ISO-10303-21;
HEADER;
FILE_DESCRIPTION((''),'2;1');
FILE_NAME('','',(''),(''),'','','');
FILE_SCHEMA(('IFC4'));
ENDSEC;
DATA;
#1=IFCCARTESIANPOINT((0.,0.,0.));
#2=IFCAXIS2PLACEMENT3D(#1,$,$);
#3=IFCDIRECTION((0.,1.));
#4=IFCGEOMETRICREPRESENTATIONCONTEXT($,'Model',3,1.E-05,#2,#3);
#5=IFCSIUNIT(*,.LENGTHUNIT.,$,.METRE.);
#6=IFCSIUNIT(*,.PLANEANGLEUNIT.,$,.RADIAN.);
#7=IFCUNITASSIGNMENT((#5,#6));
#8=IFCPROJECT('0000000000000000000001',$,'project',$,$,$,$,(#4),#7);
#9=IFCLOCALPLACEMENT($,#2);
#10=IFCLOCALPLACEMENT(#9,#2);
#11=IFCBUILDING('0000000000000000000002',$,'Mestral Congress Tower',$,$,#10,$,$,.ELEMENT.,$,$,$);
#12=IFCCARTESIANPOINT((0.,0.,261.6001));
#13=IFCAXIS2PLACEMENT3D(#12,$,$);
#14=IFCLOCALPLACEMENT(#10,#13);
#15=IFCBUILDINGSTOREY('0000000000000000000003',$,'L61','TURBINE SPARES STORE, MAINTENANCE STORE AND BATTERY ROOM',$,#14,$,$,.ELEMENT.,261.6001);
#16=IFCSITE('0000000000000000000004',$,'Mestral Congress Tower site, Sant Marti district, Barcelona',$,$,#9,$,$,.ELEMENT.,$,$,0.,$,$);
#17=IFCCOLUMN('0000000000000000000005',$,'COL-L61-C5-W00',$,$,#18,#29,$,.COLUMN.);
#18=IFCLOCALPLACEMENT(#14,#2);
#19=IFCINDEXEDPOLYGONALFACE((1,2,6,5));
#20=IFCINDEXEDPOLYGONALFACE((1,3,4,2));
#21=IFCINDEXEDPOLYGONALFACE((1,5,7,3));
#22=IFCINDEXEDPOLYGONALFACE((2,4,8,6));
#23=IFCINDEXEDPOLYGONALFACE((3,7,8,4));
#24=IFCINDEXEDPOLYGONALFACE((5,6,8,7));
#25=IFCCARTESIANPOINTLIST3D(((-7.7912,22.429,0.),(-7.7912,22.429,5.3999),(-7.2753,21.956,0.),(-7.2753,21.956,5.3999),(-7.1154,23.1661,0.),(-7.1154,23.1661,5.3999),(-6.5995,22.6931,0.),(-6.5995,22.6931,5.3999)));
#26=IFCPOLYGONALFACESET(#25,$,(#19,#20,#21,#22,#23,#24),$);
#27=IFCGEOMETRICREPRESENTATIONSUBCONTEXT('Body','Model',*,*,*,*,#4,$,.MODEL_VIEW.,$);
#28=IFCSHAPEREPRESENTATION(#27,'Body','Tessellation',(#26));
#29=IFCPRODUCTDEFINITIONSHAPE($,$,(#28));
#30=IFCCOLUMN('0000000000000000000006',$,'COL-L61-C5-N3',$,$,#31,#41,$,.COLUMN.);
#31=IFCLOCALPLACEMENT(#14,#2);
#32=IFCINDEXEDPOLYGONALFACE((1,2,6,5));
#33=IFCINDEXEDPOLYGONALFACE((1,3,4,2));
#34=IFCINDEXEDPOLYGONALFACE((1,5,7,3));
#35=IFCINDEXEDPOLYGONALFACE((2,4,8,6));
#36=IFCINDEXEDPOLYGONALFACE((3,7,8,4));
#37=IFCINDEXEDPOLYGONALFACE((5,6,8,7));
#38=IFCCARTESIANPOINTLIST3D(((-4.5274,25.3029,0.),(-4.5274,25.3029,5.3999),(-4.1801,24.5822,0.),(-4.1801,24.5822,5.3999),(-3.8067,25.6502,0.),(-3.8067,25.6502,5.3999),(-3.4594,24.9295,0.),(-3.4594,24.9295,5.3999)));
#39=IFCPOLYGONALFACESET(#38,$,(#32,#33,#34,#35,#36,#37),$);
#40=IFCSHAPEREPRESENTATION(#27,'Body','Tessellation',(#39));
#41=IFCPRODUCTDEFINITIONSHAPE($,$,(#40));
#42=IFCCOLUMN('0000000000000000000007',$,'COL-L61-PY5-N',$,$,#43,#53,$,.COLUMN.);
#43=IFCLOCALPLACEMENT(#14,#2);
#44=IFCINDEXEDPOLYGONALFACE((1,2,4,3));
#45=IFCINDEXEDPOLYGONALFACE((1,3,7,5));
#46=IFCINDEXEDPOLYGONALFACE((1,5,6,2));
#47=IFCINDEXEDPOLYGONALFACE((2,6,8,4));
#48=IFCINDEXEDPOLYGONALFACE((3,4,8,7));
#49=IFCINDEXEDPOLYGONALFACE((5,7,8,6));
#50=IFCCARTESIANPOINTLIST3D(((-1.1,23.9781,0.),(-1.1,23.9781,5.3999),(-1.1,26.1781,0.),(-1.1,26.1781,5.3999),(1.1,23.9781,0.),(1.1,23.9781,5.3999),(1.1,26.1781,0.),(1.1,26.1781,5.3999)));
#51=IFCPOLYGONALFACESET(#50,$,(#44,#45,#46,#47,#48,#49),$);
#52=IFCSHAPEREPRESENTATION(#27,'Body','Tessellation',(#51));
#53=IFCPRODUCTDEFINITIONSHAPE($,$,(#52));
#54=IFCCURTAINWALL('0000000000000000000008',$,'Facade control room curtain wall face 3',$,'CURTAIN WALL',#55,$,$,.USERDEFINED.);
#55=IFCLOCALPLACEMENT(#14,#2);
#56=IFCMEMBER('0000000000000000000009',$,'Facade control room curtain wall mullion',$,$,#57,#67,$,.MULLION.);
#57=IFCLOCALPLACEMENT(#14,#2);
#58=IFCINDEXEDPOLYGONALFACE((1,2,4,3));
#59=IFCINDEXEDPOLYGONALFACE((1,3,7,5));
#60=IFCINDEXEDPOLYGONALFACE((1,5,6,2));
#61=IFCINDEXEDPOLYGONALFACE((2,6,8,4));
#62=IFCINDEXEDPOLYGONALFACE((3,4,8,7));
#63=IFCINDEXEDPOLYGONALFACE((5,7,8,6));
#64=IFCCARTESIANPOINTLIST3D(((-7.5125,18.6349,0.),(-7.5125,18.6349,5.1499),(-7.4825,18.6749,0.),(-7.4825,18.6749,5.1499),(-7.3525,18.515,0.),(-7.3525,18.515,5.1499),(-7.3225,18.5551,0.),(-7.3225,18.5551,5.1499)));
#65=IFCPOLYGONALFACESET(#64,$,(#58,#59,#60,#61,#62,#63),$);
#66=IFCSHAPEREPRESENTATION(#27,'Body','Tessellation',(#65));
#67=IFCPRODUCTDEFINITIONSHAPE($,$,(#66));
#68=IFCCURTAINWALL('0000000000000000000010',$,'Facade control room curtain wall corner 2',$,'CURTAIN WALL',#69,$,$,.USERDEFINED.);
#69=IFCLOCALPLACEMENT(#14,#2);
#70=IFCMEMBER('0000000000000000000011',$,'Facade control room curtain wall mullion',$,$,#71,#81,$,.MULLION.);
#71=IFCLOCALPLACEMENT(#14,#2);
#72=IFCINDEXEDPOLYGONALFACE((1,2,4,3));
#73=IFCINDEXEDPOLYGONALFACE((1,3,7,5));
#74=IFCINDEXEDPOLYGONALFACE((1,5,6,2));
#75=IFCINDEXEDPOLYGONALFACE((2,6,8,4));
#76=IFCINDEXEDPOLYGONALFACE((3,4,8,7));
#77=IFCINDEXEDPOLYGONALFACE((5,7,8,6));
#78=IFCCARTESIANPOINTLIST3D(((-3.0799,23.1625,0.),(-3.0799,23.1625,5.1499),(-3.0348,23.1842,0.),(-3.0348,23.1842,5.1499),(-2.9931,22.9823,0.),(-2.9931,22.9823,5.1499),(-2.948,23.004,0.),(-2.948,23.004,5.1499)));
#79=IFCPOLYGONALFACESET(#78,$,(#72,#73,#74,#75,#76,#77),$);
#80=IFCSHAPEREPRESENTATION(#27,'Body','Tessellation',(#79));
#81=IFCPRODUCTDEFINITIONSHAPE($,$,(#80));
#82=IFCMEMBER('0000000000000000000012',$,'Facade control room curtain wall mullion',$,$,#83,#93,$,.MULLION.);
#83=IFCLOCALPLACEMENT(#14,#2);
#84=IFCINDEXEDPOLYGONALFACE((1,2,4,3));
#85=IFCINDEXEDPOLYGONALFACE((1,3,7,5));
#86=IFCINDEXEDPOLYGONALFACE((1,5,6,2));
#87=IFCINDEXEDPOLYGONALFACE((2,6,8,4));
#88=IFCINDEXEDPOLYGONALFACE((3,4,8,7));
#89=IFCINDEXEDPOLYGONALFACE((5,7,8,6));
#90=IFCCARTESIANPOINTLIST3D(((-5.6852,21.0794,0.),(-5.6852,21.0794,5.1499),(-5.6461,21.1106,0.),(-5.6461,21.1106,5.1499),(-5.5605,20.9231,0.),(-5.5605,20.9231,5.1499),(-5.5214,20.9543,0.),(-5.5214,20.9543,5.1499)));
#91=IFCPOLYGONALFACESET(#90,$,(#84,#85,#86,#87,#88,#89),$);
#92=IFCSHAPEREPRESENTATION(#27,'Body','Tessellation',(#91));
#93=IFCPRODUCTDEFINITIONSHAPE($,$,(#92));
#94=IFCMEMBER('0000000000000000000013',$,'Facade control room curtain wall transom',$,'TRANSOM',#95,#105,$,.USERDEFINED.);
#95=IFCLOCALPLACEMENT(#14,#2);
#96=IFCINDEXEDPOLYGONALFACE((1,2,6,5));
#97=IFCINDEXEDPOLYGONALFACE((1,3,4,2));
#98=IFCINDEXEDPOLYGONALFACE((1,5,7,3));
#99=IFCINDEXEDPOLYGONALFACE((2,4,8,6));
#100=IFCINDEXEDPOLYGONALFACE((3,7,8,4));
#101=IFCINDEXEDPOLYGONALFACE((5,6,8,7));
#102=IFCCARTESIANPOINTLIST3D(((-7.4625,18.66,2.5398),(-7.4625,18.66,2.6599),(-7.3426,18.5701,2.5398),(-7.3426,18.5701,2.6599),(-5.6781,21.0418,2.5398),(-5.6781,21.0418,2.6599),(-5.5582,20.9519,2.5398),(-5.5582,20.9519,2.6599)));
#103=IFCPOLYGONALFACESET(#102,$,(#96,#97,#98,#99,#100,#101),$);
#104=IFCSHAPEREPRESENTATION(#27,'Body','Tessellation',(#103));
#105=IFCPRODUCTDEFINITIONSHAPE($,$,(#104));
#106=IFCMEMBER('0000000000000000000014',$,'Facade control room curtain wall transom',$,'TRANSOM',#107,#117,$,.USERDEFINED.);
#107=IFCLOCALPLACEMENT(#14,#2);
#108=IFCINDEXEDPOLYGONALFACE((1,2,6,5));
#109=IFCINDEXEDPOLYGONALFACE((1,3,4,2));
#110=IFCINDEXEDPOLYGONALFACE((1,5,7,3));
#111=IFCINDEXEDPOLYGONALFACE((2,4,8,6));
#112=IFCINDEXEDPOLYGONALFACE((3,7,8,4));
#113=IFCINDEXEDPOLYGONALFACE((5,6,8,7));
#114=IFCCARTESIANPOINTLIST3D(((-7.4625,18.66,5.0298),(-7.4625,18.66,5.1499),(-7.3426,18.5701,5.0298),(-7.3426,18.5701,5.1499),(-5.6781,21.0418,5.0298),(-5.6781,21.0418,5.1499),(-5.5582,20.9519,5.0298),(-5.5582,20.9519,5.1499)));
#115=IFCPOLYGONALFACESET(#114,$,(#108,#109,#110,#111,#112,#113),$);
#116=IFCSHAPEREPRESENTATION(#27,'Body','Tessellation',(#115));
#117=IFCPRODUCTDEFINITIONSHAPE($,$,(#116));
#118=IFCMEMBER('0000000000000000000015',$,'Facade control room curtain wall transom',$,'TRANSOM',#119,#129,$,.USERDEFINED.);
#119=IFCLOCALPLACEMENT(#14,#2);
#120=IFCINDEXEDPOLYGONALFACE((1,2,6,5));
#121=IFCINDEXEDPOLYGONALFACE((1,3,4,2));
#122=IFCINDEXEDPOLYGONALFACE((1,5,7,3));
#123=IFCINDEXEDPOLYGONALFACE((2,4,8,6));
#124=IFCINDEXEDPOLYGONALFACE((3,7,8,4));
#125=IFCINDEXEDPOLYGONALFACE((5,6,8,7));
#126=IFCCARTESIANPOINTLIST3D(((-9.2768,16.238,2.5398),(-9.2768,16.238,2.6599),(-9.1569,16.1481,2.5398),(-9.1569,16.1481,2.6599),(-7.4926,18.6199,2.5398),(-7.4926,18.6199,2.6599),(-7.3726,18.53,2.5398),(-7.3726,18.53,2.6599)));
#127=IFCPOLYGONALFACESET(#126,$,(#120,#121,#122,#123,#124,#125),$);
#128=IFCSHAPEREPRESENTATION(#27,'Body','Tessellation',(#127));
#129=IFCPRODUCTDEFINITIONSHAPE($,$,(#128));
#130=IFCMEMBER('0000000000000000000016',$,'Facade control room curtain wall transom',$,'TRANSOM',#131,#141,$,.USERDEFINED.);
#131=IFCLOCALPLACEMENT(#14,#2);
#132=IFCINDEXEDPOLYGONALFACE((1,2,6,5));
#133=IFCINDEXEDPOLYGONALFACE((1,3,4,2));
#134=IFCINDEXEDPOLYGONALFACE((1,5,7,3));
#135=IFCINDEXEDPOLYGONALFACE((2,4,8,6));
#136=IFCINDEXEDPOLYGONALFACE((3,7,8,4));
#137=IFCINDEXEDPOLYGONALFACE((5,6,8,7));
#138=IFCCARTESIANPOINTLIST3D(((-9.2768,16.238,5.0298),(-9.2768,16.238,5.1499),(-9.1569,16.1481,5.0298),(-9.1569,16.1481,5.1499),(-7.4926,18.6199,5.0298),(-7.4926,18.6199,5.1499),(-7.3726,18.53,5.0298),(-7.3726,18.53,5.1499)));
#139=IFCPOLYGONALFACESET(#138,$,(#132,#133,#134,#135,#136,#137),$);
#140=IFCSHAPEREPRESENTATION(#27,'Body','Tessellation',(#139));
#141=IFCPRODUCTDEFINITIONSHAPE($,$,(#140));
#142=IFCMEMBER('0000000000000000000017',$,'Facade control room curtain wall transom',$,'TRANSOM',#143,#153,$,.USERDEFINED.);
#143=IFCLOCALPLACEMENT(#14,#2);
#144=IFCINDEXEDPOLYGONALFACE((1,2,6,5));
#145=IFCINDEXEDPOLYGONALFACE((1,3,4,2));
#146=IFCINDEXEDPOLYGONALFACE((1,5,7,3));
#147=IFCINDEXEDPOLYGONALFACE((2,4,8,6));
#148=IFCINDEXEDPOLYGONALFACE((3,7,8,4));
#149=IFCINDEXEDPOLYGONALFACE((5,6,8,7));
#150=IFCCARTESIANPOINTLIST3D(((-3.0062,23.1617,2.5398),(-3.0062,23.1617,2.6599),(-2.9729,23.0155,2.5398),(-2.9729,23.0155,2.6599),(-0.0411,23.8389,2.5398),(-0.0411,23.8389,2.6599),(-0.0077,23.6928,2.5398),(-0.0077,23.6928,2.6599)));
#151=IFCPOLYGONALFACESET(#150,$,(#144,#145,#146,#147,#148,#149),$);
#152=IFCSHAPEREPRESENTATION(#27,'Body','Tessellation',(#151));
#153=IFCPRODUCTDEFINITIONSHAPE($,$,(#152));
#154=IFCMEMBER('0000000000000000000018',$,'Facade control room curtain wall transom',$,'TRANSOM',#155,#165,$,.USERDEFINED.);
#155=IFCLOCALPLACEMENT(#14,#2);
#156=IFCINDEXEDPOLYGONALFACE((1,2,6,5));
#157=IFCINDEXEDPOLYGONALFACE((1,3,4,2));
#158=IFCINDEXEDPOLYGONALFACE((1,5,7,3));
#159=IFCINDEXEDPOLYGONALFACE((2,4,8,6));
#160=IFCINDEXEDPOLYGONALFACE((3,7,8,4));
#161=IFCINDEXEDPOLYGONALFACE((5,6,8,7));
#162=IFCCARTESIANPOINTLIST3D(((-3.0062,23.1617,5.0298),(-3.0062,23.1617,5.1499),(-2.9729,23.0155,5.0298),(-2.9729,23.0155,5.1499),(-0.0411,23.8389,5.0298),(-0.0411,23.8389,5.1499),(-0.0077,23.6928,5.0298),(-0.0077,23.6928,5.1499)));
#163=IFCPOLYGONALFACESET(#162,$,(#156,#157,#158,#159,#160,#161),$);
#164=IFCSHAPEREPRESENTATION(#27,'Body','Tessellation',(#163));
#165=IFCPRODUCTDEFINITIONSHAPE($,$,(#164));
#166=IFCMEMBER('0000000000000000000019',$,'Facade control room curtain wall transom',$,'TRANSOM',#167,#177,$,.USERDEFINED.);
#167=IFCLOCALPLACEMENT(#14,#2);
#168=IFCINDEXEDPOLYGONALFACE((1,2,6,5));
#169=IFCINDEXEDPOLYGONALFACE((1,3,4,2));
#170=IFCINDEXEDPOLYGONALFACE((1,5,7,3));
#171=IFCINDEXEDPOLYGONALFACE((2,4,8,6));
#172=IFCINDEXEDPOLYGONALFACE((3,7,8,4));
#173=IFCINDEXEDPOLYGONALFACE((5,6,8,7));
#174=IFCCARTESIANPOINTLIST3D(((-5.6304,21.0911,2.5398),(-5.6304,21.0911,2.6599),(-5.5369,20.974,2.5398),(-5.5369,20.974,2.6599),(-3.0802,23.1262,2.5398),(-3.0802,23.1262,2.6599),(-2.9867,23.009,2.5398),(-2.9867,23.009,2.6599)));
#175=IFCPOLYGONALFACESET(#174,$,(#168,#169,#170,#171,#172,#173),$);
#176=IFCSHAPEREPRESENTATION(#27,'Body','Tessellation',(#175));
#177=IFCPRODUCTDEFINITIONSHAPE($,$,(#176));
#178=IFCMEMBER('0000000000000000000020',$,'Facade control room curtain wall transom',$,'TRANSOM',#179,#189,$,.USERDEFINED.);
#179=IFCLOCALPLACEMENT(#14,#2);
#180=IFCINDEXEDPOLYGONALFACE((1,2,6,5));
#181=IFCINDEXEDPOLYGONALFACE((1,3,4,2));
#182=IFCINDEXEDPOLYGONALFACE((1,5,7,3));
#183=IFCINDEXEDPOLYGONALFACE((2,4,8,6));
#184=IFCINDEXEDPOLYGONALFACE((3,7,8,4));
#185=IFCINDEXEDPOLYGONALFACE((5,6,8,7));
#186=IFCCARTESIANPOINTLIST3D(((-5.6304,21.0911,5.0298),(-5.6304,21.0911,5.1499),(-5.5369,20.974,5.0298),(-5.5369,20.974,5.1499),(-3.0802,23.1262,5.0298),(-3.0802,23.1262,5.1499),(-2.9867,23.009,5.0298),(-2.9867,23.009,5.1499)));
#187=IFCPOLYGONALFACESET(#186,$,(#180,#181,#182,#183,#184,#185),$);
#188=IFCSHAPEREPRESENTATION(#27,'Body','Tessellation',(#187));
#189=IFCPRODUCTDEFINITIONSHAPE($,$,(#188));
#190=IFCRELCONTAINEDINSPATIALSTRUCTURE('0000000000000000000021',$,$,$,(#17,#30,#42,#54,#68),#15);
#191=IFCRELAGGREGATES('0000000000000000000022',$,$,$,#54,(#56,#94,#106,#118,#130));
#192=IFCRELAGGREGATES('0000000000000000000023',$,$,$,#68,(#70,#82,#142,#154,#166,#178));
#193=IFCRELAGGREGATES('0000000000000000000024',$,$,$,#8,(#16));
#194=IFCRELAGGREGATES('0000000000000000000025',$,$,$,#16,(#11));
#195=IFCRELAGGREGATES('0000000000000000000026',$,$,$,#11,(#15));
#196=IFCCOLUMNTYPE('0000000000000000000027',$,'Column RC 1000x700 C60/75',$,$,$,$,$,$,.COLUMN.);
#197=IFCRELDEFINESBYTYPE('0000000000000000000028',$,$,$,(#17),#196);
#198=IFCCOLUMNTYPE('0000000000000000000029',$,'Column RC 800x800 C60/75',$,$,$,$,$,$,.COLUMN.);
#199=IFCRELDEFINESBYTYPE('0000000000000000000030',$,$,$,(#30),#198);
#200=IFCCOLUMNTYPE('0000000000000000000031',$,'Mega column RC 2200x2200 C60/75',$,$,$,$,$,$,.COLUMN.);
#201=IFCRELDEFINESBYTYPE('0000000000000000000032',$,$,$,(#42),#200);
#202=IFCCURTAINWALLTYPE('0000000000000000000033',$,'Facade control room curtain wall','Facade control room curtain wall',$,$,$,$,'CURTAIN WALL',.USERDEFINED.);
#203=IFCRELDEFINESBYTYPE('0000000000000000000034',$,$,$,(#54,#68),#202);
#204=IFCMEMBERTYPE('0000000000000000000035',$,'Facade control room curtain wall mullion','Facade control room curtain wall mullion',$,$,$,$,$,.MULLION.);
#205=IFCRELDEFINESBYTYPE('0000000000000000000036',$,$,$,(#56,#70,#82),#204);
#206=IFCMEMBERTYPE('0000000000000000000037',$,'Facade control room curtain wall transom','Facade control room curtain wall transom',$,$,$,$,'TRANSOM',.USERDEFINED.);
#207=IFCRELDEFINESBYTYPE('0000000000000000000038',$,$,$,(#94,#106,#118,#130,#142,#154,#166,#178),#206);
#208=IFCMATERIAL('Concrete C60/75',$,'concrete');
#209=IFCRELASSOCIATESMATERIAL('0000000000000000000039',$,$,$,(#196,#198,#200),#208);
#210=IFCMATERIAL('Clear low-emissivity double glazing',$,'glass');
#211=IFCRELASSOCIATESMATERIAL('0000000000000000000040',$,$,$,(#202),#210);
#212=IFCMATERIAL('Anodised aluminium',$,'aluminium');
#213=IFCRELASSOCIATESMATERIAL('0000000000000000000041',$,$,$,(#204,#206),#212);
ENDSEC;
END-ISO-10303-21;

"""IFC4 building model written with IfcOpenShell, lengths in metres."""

from ifc_helpers import new_model, si_unit, direction, frame, origin, origin_2d, place, context, subcontext, project, spatial, rectangle, extrude, material, material_profile, profile_set, type_object, element, aggregate, save


model = new_model("IFC4")

# Units and contexts
model_context = context("Model", 3, precision=1e-05, world=origin(), true_north=direction((0.0, 1.0)))
body_context = subcontext(model_context, "Body", "Model", "MODEL_VIEW")
ifc_project = project(units=[si_unit("LENGTHUNIT", "METRE"), si_unit("PLANEANGLEUNIT", "RADIAN")], contexts=[model_context])

# Site, building, storey
site_placement = place(None, origin())
site = spatial("IfcSite", under=ifc_project, at=site_placement, Name="Mestral Congress Tower site, Sant Marti district, Barcelona", CompositionType="ELEMENT", RefElevation=0.0)
building_placement = place(site_placement, origin())
building = spatial("IfcBuilding", under=site, at=building_placement, Name="Mestral Congress Tower", CompositionType="ELEMENT")
storey_placement = place(building_placement, frame((0.0, 0.0, 261.6001)))
storey = spatial("IfcBuildingStorey", under=building, at=storey_placement, Name="L61", Description="TURBINE SPARES STORE, MAINTENANCE STORE AND BATTERY ROOM", CompositionType="ELEMENT", Elevation=261.6001)

# Columns
ifc_material_1 = material(Name="Concrete C60/75", Category="concrete")
ifc_material_profile_1 = material_profile(ifc_material_1, rectangle(XDim=1.0, YDim=0.7, at=origin_2d()), Name="RC 1000x700")
ifc_profile_set_1 = profile_set([ifc_material_profile_1], Name="Concrete C60/75")
column_type_1 = type_object("IfcColumnType", Name="Column RC 1000x700 C60/75", PredefinedType="COLUMN", material=ifc_profile_set_1)
column_1_placement = place(storey_placement, frame((-7.1953, 22.561, 0.0), z_axis=(0.0, 0.0, 1.0), x_axis=(-0.675803, -0.737083, 0.0)))
element("IfcColumn", 1, at=column_1_placement, inside=storey, type_object=column_type_1, Name="COL-L61-C5-W00", PredefinedType="COLUMN", context=body_context, shape_type="SweptSolid", body=[
    extrude(rectangle(XDim=1.0, YDim=0.7, at=origin_2d()), origin(), (0.0, 0.0, 1.0), 5.3999),
])
ifc_material_profile_2 = material_profile(ifc_material_1, rectangle(XDim=0.8, YDim=0.8, at=origin_2d()), Name="RC 800x800")
ifc_profile_set_2 = profile_set([ifc_material_profile_2], Name="Concrete C60/75")
column_type_2 = type_object("IfcColumnType", Name="Column RC 800x800 C60/75", PredefinedType="COLUMN", material=ifc_profile_set_2)
column_2_placement = place(storey_placement, frame((-3.9934, 25.1162, 0.0), z_axis=(0.0, 0.0, 1.0), x_axis=(-0.900873, -0.434082, 0.0)))
element("IfcColumn", 2, at=column_2_placement, inside=storey, type_object=column_type_2, Name="COL-L61-C5-N3", PredefinedType="COLUMN", context=body_context, shape_type="SweptSolid", body=[
    extrude(rectangle(XDim=0.8, YDim=0.8, at=origin_2d()), origin(), (0.0, 0.0, 1.0), 5.3999),
])
ifc_material_profile_3 = material_profile(ifc_material_1, rectangle(XDim=2.2, YDim=2.2, at=origin_2d()), Name="RC 2200x2200")
ifc_profile_set_3 = profile_set([ifc_material_profile_3], Name="Concrete C60/75")
column_type_3 = type_object("IfcColumnType", Name="Mega column RC 2200x2200 C60/75", PredefinedType="COLUMN", material=ifc_profile_set_3)
column_3_placement = place(storey_placement, frame((0.0, 25.0781, 0.0), z_axis=(0.0, 0.0, 1.0), x_axis=(0.0, 1.0, 0.0)))
element("IfcColumn", 3, at=column_3_placement, inside=storey, type_object=column_type_3, Name="COL-L61-PY5-N", PredefinedType="COLUMN", context=body_context, shape_type="SweptSolid", body=[
    extrude(rectangle(XDim=2.2, YDim=2.2, at=origin_2d()), origin(), (0.0, 0.0, 1.0), 5.3999),
])

# Curtain wall, member
ifc_material_2 = material(Name="Clear low-emissivity double glazing", Category="glass")
curtain_wall_type = type_object("IfcCurtainWallType", Name="Facade control room curtain wall", Description="Facade control room curtain wall", ElementType="CURTAIN WALL", PredefinedType="USERDEFINED", material=ifc_material_2)
placement = place(storey_placement, origin())
curtain_wall_1 = element("IfcCurtainWall", 4, at=placement, inside=storey, type_object=curtain_wall_type, Name="Facade control room curtain wall face 3", ObjectType="CURTAIN WALL", PredefinedType="USERDEFINED")
ifc_material_3 = material(Name="Anodised aluminium", Category="aluminium")
ifc_material_profile_4 = material_profile(ifc_material_3, rectangle(XDim=0.2, YDim=0.05, at=origin_2d()), Name="CW5 mullion 200 x 50")
ifc_profile_set_4 = profile_set([ifc_material_profile_4], Name="Anodised aluminium")
member_type_1 = type_object("IfcMemberType", Name="Facade control room curtain wall mullion", Description="Facade control room curtain wall mullion", PredefinedType="MULLION", material=ifc_profile_set_4)
member_1_placement = place(storey_placement, frame((-7.4175, 18.595, 0.0), z_axis=(0.0, 0.0, 1.0), x_axis=(-0.800344, 0.599541, 0.0)))
member_1 = element("IfcMember", 5, at=member_1_placement, type_object=member_type_1, Name="Facade control room curtain wall mullion", PredefinedType="MULLION", context=body_context, shape_type="SweptSolid", body=[
    extrude(rectangle(XDim=0.2, YDim=0.05, at=origin_2d()), origin(), (0.0, 0.0, 1.0), 5.1499),
])

# Curtain wall, members
curtain_wall_2 = element("IfcCurtainWall", 6, at=placement, inside=storey, type_object=curtain_wall_type, Name="Facade control room curtain wall corner 2", ObjectType="CURTAIN WALL", PredefinedType="USERDEFINED")
member_2_placement = place(storey_placement, frame((-3.0139, 23.0833, 0.0), z_axis=(0.0, 0.0, 1.0), x_axis=(-0.434082, 0.900873, 0.0)))
member_2 = element("IfcMember", 7, at=member_2_placement, type_object=member_type_1, Name="Facade control room curtain wall mullion", PredefinedType="MULLION", context=body_context, shape_type="SweptSolid", body=[
    extrude(rectangle(XDim=0.2, YDim=0.05, at=origin_2d()), origin(), (0.0, 0.0, 1.0), 5.1499),
])
member_3_placement = place(storey_placement, frame((-5.6033, 21.0168, 0.0), z_axis=(0.0, 0.0, 1.0), x_axis=(-0.623747, 0.781626, 0.0)))
member_3 = element("IfcMember", 8, at=member_3_placement, type_object=member_type_1, Name="Facade control room curtain wall mullion", PredefinedType="MULLION", context=body_context, shape_type="SweptSolid", body=[
    extrude(rectangle(XDim=0.2, YDim=0.05, at=origin_2d()), origin(), (0.0, 0.0, 1.0), 5.1499),
])

# Members
ifc_material_profile_5 = material_profile(ifc_material_3, rectangle(XDim=0.1499, YDim=0.1201, at=origin_2d()), Name="CW5 transom 150 x 120")
ifc_profile_set_5 = profile_set([ifc_material_profile_5], Name="Anodised aluminium")
member_type_2 = type_object("IfcMemberType", Name="Facade control room curtain wall transom", Description="Facade control room curtain wall transom", ElementType="TRANSOM", PredefinedType="USERDEFINED", material=ifc_profile_set_5)
member_4_placement = place(storey_placement, frame((-5.6182, 20.9968, 2.5999), z_axis=(-0.59958, -0.800315, 0.0), x_axis=(0.800315, -0.59958, 0.0)))
member_4 = element("IfcMember", 9, at=member_4_placement, type_object=member_type_2, Name="Facade control room curtain wall transom", ObjectType="TRANSOM", PredefinedType="USERDEFINED", context=body_context, shape_type="SweptSolid", body=[
    extrude(rectangle(XDim=0.1499, YDim=0.1201, at=origin_2d()), origin(), (0.0, 0.0, 1.0), 2.9761),
])
member_5_placement = place(storey_placement, frame((-5.6182, 20.9968, 5.0898), z_axis=(-0.59958, -0.800315, 0.0), x_axis=(0.800315, -0.59958, 0.0)))
member_5 = element("IfcMember", 10, at=member_5_placement, type_object=member_type_2, Name="Facade control room curtain wall transom", ObjectType="TRANSOM", PredefinedType="USERDEFINED", context=body_context, shape_type="SweptSolid", body=[
    extrude(rectangle(XDim=0.1499, YDim=0.1201, at=origin_2d()), origin(), (0.0, 0.0, 1.0), 2.9761),
])
member_6_placement = place(storey_placement, frame((-7.4326, 18.575, 2.5999), z_axis=(-0.599527, -0.800354, 0.0), x_axis=(0.800354, -0.599527, 0.0)))
member_6 = element("IfcMember", 11, at=member_6_placement, type_object=member_type_2, Name="Facade control room curtain wall transom", ObjectType="TRANSOM", PredefinedType="USERDEFINED", context=body_context, shape_type="SweptSolid", body=[
    extrude(rectangle(XDim=0.1499, YDim=0.1201, at=origin_2d()), origin(), (0.0, 0.0, 1.0), 2.9761),
])
member_7_placement = place(storey_placement, frame((-7.4326, 18.575, 5.0898), z_axis=(-0.599527, -0.800354, 0.0), x_axis=(0.800354, -0.599527, 0.0)))
member_7 = element("IfcMember", 12, at=member_7_placement, type_object=member_type_2, Name="Facade control room curtain wall transom", ObjectType="TRANSOM", PredefinedType="USERDEFINED", context=body_context, shape_type="SweptSolid", body=[
    extrude(rectangle(XDim=0.1499, YDim=0.1201, at=origin_2d()), origin(), (0.0, 0.0, 1.0), 2.9761),
])
member_8_placement = place(storey_placement, frame((-0.0244, 23.7659, 2.5999), z_axis=(-0.974893, -0.222672, 0.0), x_axis=(0.222672, -0.974893, 0.0)))
member_8 = element("IfcMember", 13, at=member_8_placement, type_object=member_type_2, Name="Facade control room curtain wall transom", ObjectType="TRANSOM", PredefinedType="USERDEFINED", context=body_context, shape_type="SweptSolid", body=[
    extrude(rectangle(XDim=0.1499, YDim=0.1201, at=origin_2d()), origin(), (0.0, 0.0, 1.0), 3.0415),
])
member_9_placement = place(storey_placement, frame((-0.0244, 23.7659, 5.0898), z_axis=(-0.974893, -0.222672, 0.0), x_axis=(0.222672, -0.974893, 0.0)))
member_9 = element("IfcMember", 14, at=member_9_placement, type_object=member_type_2, Name="Facade control room curtain wall transom", ObjectType="TRANSOM", PredefinedType="USERDEFINED", context=body_context, shape_type="SweptSolid", body=[
    extrude(rectangle(XDim=0.1499, YDim=0.1201, at=origin_2d()), origin(), (0.0, 0.0, 1.0), 3.0415),
])
member_10_placement = place(storey_placement, frame((-3.0334, 23.0676, 2.5999), z_axis=(-0.781627, -0.623746, 0.0), x_axis=(0.623746, -0.781627, 0.0)))
member_10 = element("IfcMember", 15, at=member_10_placement, type_object=member_type_2, Name="Facade control room curtain wall transom", ObjectType="TRANSOM", PredefinedType="USERDEFINED", context=body_context, shape_type="SweptSolid", body=[
    extrude(rectangle(XDim=0.1499, YDim=0.1201, at=origin_2d()), origin(), (0.0, 0.0, 1.0), 3.2627),
])
member_11_placement = place(storey_placement, frame((-3.0334, 23.0676, 5.0898), z_axis=(-0.781627, -0.623746, 0.0), x_axis=(0.623746, -0.781627, 0.0)))
member_11 = element("IfcMember", 16, at=member_11_placement, type_object=member_type_2, Name="Facade control room curtain wall transom", ObjectType="TRANSOM", PredefinedType="USERDEFINED", context=body_context, shape_type="SweptSolid", body=[
    extrude(rectangle(XDim=0.1499, YDim=0.1201, at=origin_2d()), origin(), (0.0, 0.0, 1.0), 3.2627),
])

aggregate(curtain_wall_1, [member_1, member_4, member_5, member_6, member_7])
aggregate(curtain_wall_2, [member_2, member_3, member_8, member_9, member_10, member_11])

save(model, "model.ifc")
